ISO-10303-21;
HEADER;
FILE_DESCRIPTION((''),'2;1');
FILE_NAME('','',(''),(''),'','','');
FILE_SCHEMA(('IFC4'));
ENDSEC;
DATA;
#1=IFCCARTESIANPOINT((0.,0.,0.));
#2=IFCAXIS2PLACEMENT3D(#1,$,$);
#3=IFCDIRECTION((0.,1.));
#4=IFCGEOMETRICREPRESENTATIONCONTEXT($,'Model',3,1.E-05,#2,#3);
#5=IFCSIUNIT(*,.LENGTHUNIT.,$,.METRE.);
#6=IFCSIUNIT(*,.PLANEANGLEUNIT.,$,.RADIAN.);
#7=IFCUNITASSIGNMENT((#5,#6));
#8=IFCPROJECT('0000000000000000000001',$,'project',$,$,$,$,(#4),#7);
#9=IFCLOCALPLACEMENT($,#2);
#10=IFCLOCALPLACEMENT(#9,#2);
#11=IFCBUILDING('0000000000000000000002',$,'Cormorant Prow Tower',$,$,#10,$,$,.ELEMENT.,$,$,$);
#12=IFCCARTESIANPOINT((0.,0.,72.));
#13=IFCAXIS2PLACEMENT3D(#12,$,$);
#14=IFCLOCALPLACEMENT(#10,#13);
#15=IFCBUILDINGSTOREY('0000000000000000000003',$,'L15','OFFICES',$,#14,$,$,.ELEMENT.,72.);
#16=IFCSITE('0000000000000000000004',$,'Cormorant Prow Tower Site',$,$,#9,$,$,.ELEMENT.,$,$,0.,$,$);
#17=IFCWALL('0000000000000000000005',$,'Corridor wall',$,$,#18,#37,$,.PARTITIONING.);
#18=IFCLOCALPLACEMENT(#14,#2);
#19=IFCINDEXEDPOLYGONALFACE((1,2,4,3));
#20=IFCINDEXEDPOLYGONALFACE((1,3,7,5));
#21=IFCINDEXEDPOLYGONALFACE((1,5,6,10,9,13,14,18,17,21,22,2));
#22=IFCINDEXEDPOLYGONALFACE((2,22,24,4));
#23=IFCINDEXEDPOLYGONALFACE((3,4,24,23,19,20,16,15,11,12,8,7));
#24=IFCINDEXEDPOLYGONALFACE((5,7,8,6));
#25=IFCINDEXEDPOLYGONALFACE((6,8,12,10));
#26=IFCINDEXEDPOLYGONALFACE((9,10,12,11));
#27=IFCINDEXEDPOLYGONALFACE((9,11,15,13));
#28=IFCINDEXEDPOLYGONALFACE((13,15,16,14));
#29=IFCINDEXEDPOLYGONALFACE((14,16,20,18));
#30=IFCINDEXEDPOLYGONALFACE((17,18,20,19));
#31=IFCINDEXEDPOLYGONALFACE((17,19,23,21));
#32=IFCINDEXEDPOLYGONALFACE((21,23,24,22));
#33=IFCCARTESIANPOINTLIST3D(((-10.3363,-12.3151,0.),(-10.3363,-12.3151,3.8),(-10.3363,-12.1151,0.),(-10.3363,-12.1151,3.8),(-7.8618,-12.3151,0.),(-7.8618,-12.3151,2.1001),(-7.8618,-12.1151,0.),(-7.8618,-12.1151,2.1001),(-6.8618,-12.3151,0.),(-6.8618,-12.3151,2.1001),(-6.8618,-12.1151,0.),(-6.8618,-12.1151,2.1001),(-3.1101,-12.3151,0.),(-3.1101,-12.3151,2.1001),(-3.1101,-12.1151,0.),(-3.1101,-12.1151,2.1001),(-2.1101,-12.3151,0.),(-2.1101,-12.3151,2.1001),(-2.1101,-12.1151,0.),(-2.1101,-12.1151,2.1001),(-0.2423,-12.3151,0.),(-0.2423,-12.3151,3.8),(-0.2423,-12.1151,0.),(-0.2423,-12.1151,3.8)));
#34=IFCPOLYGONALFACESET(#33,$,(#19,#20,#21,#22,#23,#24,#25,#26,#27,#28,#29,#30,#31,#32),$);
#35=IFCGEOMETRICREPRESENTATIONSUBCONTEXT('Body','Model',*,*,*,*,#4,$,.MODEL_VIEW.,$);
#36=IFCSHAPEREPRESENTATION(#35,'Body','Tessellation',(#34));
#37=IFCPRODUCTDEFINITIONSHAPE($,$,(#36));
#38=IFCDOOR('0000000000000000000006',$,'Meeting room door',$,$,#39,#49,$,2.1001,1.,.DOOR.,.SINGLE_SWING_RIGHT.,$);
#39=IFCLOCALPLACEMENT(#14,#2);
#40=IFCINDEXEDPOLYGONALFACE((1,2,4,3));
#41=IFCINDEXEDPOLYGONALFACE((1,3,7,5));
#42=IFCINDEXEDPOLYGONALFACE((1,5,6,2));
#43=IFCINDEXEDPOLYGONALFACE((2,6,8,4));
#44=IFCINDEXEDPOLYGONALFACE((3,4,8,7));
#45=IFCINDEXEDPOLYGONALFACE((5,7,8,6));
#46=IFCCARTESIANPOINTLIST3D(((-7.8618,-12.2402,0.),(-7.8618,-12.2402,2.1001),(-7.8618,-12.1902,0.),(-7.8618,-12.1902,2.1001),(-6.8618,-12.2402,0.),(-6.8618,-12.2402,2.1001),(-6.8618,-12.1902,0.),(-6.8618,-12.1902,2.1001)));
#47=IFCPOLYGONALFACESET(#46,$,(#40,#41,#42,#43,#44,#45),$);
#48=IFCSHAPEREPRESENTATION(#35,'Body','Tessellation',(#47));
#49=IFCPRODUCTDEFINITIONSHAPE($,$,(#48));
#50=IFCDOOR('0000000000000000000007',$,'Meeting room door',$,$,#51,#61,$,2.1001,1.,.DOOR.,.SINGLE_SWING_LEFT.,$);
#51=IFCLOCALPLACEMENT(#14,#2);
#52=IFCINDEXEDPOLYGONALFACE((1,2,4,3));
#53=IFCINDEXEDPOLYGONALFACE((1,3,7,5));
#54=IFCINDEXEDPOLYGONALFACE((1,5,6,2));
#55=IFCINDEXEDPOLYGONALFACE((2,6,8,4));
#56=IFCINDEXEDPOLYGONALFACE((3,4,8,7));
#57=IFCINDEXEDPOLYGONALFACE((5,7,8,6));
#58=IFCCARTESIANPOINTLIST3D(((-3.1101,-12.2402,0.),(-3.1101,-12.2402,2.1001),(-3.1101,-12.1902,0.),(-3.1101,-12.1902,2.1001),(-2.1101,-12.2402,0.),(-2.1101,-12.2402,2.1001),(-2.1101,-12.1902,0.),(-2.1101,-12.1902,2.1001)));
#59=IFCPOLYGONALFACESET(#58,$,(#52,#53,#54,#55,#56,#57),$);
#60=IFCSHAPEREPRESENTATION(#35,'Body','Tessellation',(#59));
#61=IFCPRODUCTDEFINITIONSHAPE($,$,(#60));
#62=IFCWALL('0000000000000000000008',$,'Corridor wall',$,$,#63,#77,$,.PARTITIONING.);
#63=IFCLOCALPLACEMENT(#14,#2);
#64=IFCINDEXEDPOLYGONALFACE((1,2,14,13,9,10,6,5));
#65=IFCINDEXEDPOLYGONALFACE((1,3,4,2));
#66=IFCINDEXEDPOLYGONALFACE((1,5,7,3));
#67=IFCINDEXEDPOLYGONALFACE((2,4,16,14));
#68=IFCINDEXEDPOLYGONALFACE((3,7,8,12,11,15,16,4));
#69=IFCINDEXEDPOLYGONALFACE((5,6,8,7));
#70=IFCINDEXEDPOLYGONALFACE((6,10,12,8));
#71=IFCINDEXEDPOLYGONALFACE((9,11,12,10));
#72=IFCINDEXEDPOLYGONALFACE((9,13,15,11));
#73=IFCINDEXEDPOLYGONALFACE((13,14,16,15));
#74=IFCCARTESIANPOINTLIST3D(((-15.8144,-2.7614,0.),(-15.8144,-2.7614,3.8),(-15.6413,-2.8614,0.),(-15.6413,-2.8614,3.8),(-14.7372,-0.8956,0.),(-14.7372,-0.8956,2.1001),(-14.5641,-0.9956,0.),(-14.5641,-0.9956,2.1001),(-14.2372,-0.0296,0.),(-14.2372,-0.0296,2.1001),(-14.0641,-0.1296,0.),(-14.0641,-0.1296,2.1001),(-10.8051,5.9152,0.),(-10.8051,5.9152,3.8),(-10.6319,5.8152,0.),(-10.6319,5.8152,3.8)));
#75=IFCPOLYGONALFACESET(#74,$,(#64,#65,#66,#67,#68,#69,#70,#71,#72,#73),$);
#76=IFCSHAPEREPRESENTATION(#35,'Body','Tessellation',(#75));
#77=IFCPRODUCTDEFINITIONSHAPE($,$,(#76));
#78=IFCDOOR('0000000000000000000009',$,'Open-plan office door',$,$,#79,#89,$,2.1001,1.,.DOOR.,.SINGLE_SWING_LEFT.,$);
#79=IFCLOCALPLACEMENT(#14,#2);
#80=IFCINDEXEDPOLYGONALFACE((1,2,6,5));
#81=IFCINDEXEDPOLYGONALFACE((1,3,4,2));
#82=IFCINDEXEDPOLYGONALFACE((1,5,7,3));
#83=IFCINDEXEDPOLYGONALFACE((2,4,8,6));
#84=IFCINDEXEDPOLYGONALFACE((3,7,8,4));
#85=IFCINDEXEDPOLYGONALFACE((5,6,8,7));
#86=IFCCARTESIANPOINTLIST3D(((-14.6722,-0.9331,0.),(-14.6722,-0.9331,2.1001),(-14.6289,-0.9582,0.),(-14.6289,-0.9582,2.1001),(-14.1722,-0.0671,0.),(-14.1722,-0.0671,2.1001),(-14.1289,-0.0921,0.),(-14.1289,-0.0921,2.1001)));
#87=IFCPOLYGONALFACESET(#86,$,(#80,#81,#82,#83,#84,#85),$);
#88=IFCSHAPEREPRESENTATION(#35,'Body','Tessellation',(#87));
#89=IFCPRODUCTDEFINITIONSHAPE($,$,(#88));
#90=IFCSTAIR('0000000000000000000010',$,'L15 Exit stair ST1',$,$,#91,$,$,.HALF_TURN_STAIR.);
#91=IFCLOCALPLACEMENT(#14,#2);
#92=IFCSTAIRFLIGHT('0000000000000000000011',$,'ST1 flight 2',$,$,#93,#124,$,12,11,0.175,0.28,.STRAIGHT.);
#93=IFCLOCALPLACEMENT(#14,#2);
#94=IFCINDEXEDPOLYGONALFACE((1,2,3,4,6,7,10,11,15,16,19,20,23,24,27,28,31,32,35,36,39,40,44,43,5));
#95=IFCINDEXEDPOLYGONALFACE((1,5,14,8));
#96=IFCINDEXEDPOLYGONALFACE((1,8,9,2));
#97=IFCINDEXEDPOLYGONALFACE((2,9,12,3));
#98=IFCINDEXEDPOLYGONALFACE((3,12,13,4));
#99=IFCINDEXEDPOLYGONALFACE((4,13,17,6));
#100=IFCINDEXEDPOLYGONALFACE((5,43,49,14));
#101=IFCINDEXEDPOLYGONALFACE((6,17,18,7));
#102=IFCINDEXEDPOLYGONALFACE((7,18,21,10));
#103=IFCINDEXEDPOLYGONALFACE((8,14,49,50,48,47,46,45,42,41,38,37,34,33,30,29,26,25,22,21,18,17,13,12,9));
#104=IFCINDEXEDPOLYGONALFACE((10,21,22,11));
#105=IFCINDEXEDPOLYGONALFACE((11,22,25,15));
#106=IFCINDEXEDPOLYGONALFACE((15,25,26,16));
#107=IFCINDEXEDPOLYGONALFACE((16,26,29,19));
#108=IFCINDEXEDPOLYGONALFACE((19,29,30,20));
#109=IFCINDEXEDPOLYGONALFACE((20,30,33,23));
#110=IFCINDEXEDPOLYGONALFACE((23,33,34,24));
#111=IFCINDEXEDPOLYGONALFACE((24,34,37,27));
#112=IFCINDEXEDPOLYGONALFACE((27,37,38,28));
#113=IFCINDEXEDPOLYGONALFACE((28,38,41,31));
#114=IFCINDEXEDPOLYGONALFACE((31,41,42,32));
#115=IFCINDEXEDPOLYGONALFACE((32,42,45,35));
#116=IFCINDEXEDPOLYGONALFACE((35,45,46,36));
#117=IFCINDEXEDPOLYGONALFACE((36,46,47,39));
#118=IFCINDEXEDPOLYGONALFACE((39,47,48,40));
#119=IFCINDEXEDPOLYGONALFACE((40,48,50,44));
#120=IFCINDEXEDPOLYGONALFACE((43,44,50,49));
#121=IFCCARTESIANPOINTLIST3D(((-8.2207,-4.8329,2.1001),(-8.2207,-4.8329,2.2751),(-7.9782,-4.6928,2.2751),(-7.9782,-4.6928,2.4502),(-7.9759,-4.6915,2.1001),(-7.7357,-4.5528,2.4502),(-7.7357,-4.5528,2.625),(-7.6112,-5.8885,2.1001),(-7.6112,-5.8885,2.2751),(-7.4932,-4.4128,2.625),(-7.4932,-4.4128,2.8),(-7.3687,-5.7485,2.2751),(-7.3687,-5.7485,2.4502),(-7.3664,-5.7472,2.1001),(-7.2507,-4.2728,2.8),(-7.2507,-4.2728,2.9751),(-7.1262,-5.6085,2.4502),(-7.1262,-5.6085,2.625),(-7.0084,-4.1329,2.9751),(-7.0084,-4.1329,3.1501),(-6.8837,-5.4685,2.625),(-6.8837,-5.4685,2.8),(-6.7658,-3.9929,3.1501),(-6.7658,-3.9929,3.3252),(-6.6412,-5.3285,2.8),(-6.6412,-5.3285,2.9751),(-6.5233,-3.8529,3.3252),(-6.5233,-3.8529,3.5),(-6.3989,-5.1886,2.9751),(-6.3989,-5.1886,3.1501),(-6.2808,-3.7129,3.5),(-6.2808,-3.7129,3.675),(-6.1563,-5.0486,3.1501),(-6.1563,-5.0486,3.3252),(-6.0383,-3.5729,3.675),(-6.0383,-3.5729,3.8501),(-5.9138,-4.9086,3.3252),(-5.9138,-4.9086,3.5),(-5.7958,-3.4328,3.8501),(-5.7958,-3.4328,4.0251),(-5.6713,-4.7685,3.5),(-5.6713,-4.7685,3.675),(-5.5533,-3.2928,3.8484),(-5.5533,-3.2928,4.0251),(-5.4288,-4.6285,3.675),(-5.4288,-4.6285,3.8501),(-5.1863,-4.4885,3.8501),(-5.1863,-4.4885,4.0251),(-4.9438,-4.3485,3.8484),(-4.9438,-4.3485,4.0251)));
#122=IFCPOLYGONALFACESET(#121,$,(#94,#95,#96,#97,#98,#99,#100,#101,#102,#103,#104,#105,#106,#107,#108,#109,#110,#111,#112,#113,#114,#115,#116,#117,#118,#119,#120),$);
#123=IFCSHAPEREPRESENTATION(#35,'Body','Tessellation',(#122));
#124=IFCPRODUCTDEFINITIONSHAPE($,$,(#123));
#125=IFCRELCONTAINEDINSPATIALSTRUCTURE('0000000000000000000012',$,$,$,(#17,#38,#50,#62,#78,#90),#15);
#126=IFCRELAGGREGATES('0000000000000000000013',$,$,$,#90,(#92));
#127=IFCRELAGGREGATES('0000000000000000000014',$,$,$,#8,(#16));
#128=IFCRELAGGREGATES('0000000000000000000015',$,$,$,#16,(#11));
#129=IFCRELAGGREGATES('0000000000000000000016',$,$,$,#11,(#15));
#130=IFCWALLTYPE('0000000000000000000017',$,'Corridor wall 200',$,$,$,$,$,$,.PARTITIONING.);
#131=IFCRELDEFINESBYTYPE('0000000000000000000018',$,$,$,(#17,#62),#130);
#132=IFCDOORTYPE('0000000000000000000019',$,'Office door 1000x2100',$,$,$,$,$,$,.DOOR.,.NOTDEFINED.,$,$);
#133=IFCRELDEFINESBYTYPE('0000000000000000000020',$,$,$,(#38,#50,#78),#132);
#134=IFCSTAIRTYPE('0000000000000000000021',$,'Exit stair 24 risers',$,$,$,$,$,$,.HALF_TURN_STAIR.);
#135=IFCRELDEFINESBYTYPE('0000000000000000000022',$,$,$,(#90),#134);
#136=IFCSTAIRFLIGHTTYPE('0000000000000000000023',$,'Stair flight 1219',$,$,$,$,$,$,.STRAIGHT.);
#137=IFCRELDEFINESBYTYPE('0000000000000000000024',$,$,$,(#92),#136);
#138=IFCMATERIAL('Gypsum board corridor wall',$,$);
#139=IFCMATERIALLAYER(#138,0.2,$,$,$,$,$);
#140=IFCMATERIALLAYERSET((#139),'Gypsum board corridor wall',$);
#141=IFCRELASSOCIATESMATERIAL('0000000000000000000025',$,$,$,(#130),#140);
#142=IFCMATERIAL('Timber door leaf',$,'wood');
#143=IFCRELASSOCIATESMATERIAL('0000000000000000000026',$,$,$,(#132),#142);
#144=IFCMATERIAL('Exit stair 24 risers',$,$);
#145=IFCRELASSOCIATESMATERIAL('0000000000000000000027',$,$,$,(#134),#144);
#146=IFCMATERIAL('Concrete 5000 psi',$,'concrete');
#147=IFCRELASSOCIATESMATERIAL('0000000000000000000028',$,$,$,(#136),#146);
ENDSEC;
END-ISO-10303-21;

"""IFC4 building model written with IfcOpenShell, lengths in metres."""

from ifc_helpers import new_model, si_unit, direction, frame, frame_2d, origin, place, context, subcontext, project, spatial, polyline, rectangle, outline, extrude, material, layer, layer_set, type_object, element, fill, aggregate, save


model = new_model("IFC4")

# Units and contexts
model_context = context("Model", 3, precision=1e-05, world=origin(), true_north=direction((0.0, 1.0)))
body_context = subcontext(model_context, "Body", "Model", "MODEL_VIEW")
ifc_project = project(units=[si_unit("LENGTHUNIT", "METRE"), si_unit("PLANEANGLEUNIT", "RADIAN")], contexts=[model_context])

# Site, building, storey
site_placement = place(None, origin())
site = spatial("IfcSite", under=ifc_project, at=site_placement, Name="Cormorant Prow Tower Site", CompositionType="ELEMENT", RefElevation=0.0)
building_placement = place(site_placement, origin())
building = spatial("IfcBuilding", under=site, at=building_placement, Name="Cormorant Prow Tower", CompositionType="ELEMENT")
storey_placement = place(building_placement, frame((0.0, 0.0, 72.0)))
storey = spatial("IfcBuildingStorey", under=building, at=storey_placement, Name="L15", Description="OFFICES", CompositionType="ELEMENT", Elevation=72.0)

# Wall, openings, doors
ifc_material_1 = material(Name="Gypsum board corridor wall")
ifc_layer_1 = layer(ifc_material_1, 0.2)
ifc_layer_set_1 = layer_set([ifc_layer_1], Name="Gypsum board corridor wall")
wall_type_1 = type_object("IfcWallType", Name="Corridor wall 200", PredefinedType="PARTITIONING", material=ifc_layer_set_1)
wall_1_placement = place(storey_placement, frame((-10.3362, -12.2151, 0.0), z_axis=(0.0, 0.0, 1.0), x_axis=(1.0, 0.0, 0.0)))
wall_1 = element("IfcWall", 1, at=wall_1_placement, inside=storey, type_object=wall_type_1, Name="Corridor wall", PredefinedType="PARTITIONING", context=body_context, shape_type="SweptSolid", body=[
    extrude(rectangle(XDim=10.094, YDim=0.2, at=frame_2d((5.0469, 0.0))), origin(), (0.0, 0.0, 1.0), 3.8),
])
opening_1_placement = place(wall_1_placement, frame((2.4744, 0.0, 0.0)))
opening_1 = element("IfcOpeningElement", 2, at=opening_1_placement, cuts=wall_1, PredefinedType="OPENING", context=body_context, shape_type="SweptSolid", body=[
    extrude(rectangle(XDim=1.0, YDim=2.1001, at=frame_2d((0.5, 1.05))), frame((0.0, 0.1099, 0.0), z_axis=(0.0, -1.0, 0.0), x_axis=(1.0, 0.0, 0.0)), (0.0, 0.0, 1.0), 0.22),
])
opening_2_placement = place(wall_1_placement, frame((7.2261, 0.0, 0.0)))
opening_2 = element("IfcOpeningElement", 3, at=opening_2_placement, cuts=wall_1, PredefinedType="OPENING", context=body_context, shape_type="SweptSolid", body=[
    extrude(rectangle(XDim=1.0, YDim=2.1001, at=frame_2d((0.5, 1.05))), frame((0.0, 0.1099, 0.0), z_axis=(0.0, -1.0, 0.0), x_axis=(1.0, 0.0, 0.0)), (0.0, 0.0, 1.0), 0.22),
])
ifc_material_2 = material(Name="Timber door leaf", Category="wood")
door_type_1 = type_object("IfcDoorType", Name="Office door 1000x2100", OperationType="NOTDEFINED", PredefinedType="DOOR", material=ifc_material_2)
door_1_placement = place(opening_1_placement, origin())
door_1 = element("IfcDoor", 4, at=door_1_placement, inside=storey, type_object=door_type_1, Name="Meeting room door", OperationType="SINGLE_SWING_RIGHT", OverallHeight=2.1001, OverallWidth=1.0, PredefinedType="DOOR", context=body_context, shape_type="SweptSolid", body=[
    extrude(rectangle(XDim=1.0, YDim=2.1001, at=frame_2d((0.5, 1.05))), frame((0.0, 0.0249, 0.0), z_axis=(0.0, -1.0, 0.0), x_axis=(1.0, 0.0, 0.0)), (0.0, 0.0, 1.0), 0.05),
])
fill(opening_1, door_1)
door_2_placement = place(opening_2_placement, origin())
door_2 = element("IfcDoor", 5, at=door_2_placement, inside=storey, type_object=door_type_1, Name="Meeting room door", OperationType="SINGLE_SWING_LEFT", OverallHeight=2.1001, OverallWidth=1.0, PredefinedType="DOOR", context=body_context, shape_type="SweptSolid", body=[
    extrude(rectangle(XDim=1.0, YDim=2.1001, at=frame_2d((0.5, 1.05))), frame((0.0, 0.0249, 0.0), z_axis=(0.0, -1.0, 0.0), x_axis=(1.0, 0.0, 0.0)), (0.0, 0.0, 1.0), 0.05),
])
fill(opening_2, door_2)

# Wall, opening, door
wall_2_placement = place(storey_placement, frame((-15.7278, -2.8113, 0.0), z_axis=(0.0, 0.0, 1.0), x_axis=(0.499992, 0.86603, 0.0)))
wall_2 = element("IfcWall", 6, at=wall_2_placement, inside=storey, type_object=wall_type_1, Name="Corridor wall", PredefinedType="PARTITIONING", context=body_context, shape_type="SweptSolid", body=[
    extrude(rectangle(XDim=10.0188, YDim=0.2, at=frame_2d((5.0093, 0.0))), origin(), (0.0, 0.0, 1.0), 3.8),
])
opening_3_placement = place(wall_2_placement, frame((2.1543, 0.0, 0.0)))
opening_3 = element("IfcOpeningElement", 7, at=opening_3_placement, cuts=wall_2, PredefinedType="OPENING", context=body_context, shape_type="SweptSolid", body=[
    extrude(rectangle(XDim=1.0, YDim=2.1001, at=frame_2d((0.5, 1.05))), frame((0.0, 0.1099, 0.0), z_axis=(0.0, -1.0, 0.0), x_axis=(1.0, 0.0, 0.0)), (0.0, 0.0, 1.0), 0.22),
])
door_3_placement = place(opening_3_placement, origin())
door_3 = element("IfcDoor", 8, at=door_3_placement, inside=storey, type_object=door_type_1, Name="Open-plan office door", OperationType="SINGLE_SWING_LEFT", OverallHeight=2.1001, OverallWidth=1.0, PredefinedType="DOOR", context=body_context, shape_type="SweptSolid", body=[
    extrude(rectangle(XDim=1.0, YDim=2.1001, at=frame_2d((0.5, 1.05))), frame((0.0, 0.0249, 0.0), z_axis=(0.0, -1.0, 0.0), x_axis=(1.0, 0.0, 0.0)), (0.0, 0.0, 1.0), 0.05),
])
fill(opening_3, door_3)

# Stair, stair flight
ifc_material_3 = material(Name="Exit stair 24 risers")
stair_type = type_object("IfcStairType", Name="Exit stair 24 risers", PredefinedType="HALF_TURN_STAIR", material=ifc_material_3)
stair_placement = place(storey_placement, origin())
stair = element("IfcStair", 9, at=stair_placement, inside=storey, type_object=stair_type, Name="L15 Exit stair ST1", PredefinedType="HALF_TURN_STAIR")
ifc_material_4 = material(Name="Concrete 5000 psi", Category="concrete")
stair_flight_type = type_object("IfcStairFlightType", Name="Stair flight 1219", PredefinedType="STRAIGHT", material=ifc_material_4)
stair_flight_placement = place(storey_placement, frame((-7.916, -5.3606, 2.1001), z_axis=(0.0, 0.0, 1.0), x_axis=(0.866025, 0.5, 0.0)))
stair_flight = element("IfcStairFlight", 10, at=stair_flight_placement, type_object=stair_flight_type, Name="ST1 flight 2", NumberOfRisers=12, NumberOfTreads=11, PredefinedType="STRAIGHT", RiserHeight=0.175, TreadLength=0.28, context=body_context, shape_type="SweptSolid", body=[
    extrude(outline(polyline([(0.0, 0.0), (0.0, 0.175), (0.28, 0.175), (0.28, 0.3501), (0.5601, 0.3501), (0.5601, 0.5249), (0.8401, 0.5249), (0.8401, 0.7), (1.1201, 0.7), (1.1201, 0.875), (1.3999, 0.875), (1.3999, 1.05), (1.6799, 1.05), (1.6799, 1.2251), (1.96, 1.2251), (1.96, 1.3999), (2.24, 1.3999), (2.24, 1.575), (2.52, 1.575), (2.52, 1.75), (2.8, 1.75), (2.8, 1.925), (3.0801, 1.925), (3.0801, 2.1001), (3.0801, 1.7483), (0.2827, 0.0), (0.0, 0.0)])), frame((0.0, 0.6094, 0.0), z_axis=(0.0, -1.0, 0.0), x_axis=(1.0, 0.0, 0.0)), (0.0, 0.0, 1.0), 1.219),
])
aggregate(stair, [stair_flight])

save(model, "model.ifc")
